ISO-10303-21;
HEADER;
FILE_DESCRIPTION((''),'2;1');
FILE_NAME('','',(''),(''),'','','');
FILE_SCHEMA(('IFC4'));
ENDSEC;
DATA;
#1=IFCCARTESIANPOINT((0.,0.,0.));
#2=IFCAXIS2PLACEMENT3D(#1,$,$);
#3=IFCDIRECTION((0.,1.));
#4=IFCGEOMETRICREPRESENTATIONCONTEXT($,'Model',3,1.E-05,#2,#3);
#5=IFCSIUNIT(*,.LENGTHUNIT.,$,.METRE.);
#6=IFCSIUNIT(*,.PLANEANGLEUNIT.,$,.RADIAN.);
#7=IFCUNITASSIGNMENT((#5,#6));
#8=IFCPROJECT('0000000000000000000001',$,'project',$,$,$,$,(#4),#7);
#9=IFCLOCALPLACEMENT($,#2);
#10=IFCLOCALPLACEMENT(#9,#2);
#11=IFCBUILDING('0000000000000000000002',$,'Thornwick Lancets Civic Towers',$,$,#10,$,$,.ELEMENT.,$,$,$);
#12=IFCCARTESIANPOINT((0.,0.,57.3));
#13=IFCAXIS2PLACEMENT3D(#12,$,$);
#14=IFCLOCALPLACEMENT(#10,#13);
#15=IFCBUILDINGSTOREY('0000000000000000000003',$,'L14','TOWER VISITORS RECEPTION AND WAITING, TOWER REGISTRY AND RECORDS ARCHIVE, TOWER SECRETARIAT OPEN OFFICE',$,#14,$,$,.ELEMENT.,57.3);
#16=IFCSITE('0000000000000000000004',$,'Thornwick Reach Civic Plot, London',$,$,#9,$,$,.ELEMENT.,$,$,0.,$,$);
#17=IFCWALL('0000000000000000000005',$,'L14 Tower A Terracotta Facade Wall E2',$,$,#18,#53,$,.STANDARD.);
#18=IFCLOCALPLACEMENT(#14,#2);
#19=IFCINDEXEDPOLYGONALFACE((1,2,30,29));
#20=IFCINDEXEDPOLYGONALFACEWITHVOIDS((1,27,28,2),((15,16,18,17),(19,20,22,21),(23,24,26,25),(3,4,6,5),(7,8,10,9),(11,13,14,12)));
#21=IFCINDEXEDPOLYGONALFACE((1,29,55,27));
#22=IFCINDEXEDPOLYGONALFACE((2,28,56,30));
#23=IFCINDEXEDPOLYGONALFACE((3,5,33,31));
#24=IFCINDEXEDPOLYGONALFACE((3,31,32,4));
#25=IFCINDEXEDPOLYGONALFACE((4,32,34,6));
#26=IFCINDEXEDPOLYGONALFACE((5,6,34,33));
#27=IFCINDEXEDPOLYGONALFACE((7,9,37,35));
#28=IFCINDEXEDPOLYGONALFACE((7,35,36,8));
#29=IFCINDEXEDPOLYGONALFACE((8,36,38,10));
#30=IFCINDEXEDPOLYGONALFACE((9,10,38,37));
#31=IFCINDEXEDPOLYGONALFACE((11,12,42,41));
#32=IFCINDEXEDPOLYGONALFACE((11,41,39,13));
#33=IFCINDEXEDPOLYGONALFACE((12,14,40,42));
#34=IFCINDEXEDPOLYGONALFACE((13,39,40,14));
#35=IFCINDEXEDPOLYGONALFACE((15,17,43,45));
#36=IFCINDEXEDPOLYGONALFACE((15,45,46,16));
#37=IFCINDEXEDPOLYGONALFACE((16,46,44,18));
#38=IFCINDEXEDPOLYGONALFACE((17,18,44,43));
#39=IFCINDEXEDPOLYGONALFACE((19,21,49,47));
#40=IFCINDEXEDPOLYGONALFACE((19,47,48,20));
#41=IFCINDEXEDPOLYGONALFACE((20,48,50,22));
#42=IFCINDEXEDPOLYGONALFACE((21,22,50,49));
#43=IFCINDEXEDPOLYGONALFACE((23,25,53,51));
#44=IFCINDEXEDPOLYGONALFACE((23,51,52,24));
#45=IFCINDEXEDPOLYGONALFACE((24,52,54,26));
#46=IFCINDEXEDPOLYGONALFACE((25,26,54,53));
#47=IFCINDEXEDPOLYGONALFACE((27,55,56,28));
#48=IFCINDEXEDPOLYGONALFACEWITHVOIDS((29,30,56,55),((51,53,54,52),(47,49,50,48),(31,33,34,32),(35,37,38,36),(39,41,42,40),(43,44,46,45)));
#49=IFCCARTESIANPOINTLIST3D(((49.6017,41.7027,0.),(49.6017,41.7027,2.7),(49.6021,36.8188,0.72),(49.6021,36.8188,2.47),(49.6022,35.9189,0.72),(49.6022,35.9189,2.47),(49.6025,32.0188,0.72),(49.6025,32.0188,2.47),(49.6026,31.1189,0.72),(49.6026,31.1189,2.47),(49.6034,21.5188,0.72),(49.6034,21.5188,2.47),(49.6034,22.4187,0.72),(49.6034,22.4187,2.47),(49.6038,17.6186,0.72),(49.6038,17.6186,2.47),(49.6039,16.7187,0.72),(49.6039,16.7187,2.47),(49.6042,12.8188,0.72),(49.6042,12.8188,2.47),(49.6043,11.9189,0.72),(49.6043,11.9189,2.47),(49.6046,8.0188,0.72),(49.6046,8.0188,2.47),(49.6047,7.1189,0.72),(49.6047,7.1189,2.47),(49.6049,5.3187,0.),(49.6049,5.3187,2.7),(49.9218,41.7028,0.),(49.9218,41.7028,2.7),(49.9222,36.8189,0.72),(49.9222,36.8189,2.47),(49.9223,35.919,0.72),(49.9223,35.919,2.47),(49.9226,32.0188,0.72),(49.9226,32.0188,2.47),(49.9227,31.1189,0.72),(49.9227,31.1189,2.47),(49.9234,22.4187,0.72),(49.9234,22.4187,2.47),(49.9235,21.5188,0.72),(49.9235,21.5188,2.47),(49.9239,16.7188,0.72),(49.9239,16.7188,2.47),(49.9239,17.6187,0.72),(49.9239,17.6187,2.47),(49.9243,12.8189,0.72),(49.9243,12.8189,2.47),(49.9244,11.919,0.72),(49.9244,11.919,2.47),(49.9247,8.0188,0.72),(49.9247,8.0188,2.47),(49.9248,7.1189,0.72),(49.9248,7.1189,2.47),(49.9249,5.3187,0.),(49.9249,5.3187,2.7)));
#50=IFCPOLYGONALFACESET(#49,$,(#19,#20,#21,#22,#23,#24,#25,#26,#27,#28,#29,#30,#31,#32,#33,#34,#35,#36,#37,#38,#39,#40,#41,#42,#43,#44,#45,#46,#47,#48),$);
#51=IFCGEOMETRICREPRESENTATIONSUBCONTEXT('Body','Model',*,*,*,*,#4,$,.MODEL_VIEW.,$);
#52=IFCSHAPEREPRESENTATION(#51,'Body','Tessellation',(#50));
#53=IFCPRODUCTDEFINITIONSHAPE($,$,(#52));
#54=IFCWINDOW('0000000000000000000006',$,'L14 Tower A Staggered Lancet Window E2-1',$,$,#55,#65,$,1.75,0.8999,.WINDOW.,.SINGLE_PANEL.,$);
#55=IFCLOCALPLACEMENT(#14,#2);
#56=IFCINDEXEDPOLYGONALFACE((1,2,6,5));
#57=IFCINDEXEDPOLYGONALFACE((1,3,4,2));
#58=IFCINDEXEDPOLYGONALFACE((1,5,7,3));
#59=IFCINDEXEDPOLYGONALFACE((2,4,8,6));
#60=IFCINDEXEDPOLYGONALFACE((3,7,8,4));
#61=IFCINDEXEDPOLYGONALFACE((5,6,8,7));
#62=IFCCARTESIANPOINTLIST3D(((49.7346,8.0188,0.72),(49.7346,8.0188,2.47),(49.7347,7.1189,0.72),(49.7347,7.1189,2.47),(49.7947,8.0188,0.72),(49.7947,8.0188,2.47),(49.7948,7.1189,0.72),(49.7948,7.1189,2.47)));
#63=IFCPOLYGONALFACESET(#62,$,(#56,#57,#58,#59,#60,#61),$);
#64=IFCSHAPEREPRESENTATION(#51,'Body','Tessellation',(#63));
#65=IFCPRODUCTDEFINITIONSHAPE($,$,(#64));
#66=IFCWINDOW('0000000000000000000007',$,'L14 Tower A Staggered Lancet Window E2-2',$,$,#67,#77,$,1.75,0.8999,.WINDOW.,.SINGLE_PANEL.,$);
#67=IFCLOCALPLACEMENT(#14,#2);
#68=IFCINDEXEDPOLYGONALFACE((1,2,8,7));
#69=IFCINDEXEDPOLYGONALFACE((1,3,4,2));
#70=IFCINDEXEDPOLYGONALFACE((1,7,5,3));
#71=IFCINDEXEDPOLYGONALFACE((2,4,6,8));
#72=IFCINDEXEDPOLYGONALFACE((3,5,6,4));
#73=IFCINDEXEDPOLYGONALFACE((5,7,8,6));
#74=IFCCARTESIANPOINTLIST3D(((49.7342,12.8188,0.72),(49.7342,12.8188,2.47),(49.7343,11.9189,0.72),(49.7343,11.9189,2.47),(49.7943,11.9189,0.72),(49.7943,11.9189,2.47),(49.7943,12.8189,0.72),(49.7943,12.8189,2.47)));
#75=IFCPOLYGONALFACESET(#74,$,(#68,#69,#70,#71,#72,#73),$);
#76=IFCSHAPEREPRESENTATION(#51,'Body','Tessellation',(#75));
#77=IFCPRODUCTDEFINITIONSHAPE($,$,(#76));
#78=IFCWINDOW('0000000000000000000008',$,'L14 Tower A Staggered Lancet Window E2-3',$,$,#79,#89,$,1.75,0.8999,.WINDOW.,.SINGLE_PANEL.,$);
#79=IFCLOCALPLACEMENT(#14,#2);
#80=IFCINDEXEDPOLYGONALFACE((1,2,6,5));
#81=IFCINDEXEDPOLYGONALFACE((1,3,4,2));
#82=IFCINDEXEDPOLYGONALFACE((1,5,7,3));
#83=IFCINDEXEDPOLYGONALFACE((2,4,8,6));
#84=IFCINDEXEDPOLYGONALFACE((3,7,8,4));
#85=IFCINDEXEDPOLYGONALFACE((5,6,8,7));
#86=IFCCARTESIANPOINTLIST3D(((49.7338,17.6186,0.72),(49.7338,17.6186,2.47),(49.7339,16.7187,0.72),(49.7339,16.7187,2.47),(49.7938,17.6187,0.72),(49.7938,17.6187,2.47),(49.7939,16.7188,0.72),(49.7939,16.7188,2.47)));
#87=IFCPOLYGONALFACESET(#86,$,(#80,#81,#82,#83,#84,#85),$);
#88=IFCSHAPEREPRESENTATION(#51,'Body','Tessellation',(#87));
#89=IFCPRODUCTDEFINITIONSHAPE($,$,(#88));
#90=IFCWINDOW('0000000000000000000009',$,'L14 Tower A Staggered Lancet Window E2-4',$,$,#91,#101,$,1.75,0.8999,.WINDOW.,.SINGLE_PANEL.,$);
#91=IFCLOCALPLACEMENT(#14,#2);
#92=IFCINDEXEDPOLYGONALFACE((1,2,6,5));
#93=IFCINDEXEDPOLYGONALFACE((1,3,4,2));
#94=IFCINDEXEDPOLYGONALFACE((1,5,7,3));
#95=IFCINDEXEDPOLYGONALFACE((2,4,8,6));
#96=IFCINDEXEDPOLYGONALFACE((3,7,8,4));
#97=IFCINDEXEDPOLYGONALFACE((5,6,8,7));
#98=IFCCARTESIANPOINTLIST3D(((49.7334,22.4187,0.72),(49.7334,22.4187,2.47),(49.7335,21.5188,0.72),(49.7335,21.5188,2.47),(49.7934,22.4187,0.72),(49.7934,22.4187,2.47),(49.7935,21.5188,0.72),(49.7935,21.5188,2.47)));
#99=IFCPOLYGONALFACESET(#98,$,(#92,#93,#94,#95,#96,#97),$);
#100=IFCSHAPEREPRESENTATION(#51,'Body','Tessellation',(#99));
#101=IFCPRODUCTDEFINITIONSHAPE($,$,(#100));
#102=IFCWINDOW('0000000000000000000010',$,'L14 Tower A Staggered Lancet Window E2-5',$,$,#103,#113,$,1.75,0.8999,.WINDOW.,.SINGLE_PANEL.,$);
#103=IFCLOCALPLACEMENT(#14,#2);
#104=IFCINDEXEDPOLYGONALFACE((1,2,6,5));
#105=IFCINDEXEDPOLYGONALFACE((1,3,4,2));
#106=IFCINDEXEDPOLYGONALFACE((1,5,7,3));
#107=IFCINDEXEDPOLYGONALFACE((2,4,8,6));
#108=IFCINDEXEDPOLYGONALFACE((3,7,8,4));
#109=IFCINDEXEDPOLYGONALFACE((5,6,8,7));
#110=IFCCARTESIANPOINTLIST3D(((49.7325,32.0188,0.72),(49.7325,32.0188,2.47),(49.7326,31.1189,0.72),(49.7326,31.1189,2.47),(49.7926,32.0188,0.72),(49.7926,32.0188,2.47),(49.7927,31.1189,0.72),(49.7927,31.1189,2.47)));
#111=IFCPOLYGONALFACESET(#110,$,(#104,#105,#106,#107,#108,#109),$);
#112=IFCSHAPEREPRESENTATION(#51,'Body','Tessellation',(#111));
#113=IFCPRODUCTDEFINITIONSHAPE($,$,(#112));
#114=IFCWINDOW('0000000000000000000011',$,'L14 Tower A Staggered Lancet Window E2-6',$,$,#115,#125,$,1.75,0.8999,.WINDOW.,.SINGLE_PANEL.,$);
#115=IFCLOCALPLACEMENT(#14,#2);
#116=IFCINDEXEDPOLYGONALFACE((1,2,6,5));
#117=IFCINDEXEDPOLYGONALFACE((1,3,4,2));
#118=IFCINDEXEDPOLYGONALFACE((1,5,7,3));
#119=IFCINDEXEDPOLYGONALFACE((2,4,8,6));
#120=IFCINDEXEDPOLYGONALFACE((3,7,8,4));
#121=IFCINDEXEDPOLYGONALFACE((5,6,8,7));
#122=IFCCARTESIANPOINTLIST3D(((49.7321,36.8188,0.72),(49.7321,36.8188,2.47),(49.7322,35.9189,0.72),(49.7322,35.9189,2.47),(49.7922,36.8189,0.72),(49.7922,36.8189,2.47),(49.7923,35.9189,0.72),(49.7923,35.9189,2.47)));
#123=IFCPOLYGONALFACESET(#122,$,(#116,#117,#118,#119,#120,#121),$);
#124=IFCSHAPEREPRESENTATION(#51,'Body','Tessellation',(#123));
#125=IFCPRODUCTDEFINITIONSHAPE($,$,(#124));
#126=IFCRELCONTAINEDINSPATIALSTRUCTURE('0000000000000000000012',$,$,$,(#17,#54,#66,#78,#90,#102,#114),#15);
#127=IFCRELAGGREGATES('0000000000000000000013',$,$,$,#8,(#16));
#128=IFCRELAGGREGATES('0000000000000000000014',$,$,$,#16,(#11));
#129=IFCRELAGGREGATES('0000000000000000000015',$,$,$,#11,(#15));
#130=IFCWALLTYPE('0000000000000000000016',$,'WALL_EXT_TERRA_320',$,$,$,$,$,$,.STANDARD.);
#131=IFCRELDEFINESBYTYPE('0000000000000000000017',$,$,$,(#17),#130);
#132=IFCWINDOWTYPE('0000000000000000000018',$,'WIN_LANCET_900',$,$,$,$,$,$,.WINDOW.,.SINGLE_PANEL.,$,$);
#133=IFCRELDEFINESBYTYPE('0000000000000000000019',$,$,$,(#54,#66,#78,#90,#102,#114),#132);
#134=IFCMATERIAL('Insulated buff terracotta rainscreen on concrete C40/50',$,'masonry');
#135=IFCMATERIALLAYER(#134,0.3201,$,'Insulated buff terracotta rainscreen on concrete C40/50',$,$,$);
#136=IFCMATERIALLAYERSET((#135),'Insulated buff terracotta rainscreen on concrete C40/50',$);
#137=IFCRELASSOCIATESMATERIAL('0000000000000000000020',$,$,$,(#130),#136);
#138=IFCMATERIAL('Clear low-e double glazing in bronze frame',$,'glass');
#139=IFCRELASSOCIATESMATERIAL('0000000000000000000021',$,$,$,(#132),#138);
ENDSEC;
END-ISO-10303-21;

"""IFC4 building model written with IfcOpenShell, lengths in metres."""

from ifc_helpers import new_model, si_unit, direction, frame, frame_2d, origin, place, context, subcontext, project, spatial, rectangle, extrude, material, layer, layer_set, type_object, element, fill, save


model = new_model("IFC4")

# Units and contexts
model_context = context("Model", 3, precision=1e-05, world=origin(), true_north=direction((0.0, 1.0)))
body_context = subcontext(model_context, "Body", "Model", "MODEL_VIEW")
ifc_project = project(units=[si_unit("LENGTHUNIT", "METRE"), si_unit("PLANEANGLEUNIT", "RADIAN")], contexts=[model_context])

# Site, building, storey
site_placement = place(None, origin())
site = spatial("IfcSite", under=ifc_project, at=site_placement, Name="Thornwick Reach Civic Plot, London", CompositionType="ELEMENT", RefElevation=0.0)
building_placement = place(site_placement, origin())
building = spatial("IfcBuilding", under=site, at=building_placement, Name="Thornwick Lancets Civic Towers", CompositionType="ELEMENT")
storey_placement = place(building_placement, frame((0.0, 0.0, 57.3)))
storey = spatial("IfcBuildingStorey", under=building, at=storey_placement, Name="L14", Description="TOWER VISITORS RECEPTION AND WAITING, TOWER REGISTRY AND RECORDS ARCHIVE, TOWER SECRETARIAT OPEN OFFICE", CompositionType="ELEMENT", Elevation=57.3)

# Wall, openings, windows
ifc_material_1 = material(Name="Insulated buff terracotta rainscreen on concrete C40/50", Category="masonry")
ifc_layer_1 = layer(ifc_material_1, 0.3201, Name="Insulated buff terracotta rainscreen on concrete C40/50")
ifc_layer_set_1 = layer_set([ifc_layer_1], Name="Insulated buff terracotta rainscreen on concrete C40/50")
wall_type_1 = type_object("IfcWallType", Name="WALL_EXT_TERRA_320", PredefinedType="STANDARD", material=ifc_layer_set_1)
wall_1_placement = place(storey_placement, frame((49.7649, 5.3188, 0.0), z_axis=(0.0, 0.0, 1.0), x_axis=(-0.000087, 1.0, 0.0)))
wall_1 = element("IfcWall", 1, at=wall_1_placement, inside=storey, type_object=wall_type_1, Name="L14 Tower A Terracotta Facade Wall E2", PredefinedType="STANDARD", context=body_context, shape_type="SweptSolid", body=[
    extrude(rectangle(XDim=36.384, YDim=0.3201, at=frame_2d((18.1919, 0.0))), origin(), (0.0, 0.0, 1.0), 2.7),
])
opening_1_placement = place(wall_1_placement, frame((1.8, 0.0, 0.72)))
opening_1 = element("IfcOpeningElement", 2, at=opening_1_placement, cuts=wall_1, PredefinedType="OPENING", context=body_context, shape_type="SweptSolid", body=[
    extrude(rectangle(XDim=0.8999, YDim=1.75, at=frame_2d((0.45, 0.875))), frame((0.0, 0.1699, 0.0), z_axis=(0.0, -1.0, 0.0), x_axis=(1.0, 0.0, 0.0)), (0.0, 0.0, 1.0), 0.3401),
])
opening_2_placement = place(wall_1_placement, frame((6.6001, 0.0, 0.72)))
opening_2 = element("IfcOpeningElement", 3, at=opening_2_placement, cuts=wall_1, PredefinedType="OPENING", context=body_context, shape_type="SweptSolid", body=[
    extrude(rectangle(XDim=0.8999, YDim=1.75, at=frame_2d((0.45, 0.875))), frame((0.0, 0.1699, 0.0), z_axis=(0.0, -1.0, 0.0), x_axis=(1.0, 0.0, 0.0)), (0.0, 0.0, 1.0), 0.3401),
])
opening_3_placement = place(wall_1_placement, frame((11.3999, 0.0, 0.72)))
opening_3 = element("IfcOpeningElement", 4, at=opening_3_placement, cuts=wall_1, PredefinedType="OPENING", context=body_context, shape_type="SweptSolid", body=[
    extrude(rectangle(XDim=0.8999, YDim=1.75, at=frame_2d((0.45, 0.875))), frame((0.0, 0.1699, 0.0), z_axis=(0.0, -1.0, 0.0), x_axis=(1.0, 0.0, 0.0)), (0.0, 0.0, 1.0), 0.3401),
])
opening_4_placement = place(wall_1_placement, frame((16.2, 0.0, 0.72)))
opening_4 = element("IfcOpeningElement", 5, at=opening_4_placement, cuts=wall_1, PredefinedType="OPENING", context=body_context, shape_type="SweptSolid", body=[
    extrude(rectangle(XDim=0.8999, YDim=1.75, at=frame_2d((0.45, 0.875))), frame((0.0, 0.1699, 0.0), z_axis=(0.0, -1.0, 0.0), x_axis=(1.0, 0.0, 0.0)), (0.0, 0.0, 1.0), 0.3401),
])
opening_5_placement = place(wall_1_placement, frame((25.8, 0.0, 0.72)))
opening_5 = element("IfcOpeningElement", 6, at=opening_5_placement, cuts=wall_1, PredefinedType="OPENING", context=body_context, shape_type="SweptSolid", body=[
    extrude(rectangle(XDim=0.8999, YDim=1.75, at=frame_2d((0.45, 0.875))), frame((0.0, 0.1699, 0.0), z_axis=(0.0, -1.0, 0.0), x_axis=(1.0, 0.0, 0.0)), (0.0, 0.0, 1.0), 0.3401),
])
opening_6_placement = place(wall_1_placement, frame((30.6001, 0.0, 0.72)))
opening_6 = element("IfcOpeningElement", 7, at=opening_6_placement, cuts=wall_1, PredefinedType="OPENING", context=body_context, shape_type="SweptSolid", body=[
    extrude(rectangle(XDim=0.8999, YDim=1.75, at=frame_2d((0.45, 0.875))), frame((0.0, 0.1699, 0.0), z_axis=(0.0, -1.0, 0.0), x_axis=(1.0, 0.0, 0.0)), (0.0, 0.0, 1.0), 0.3401),
])
ifc_material_2 = material(Name="Clear low-e double glazing in bronze frame", Category="glass")
window_type = type_object("IfcWindowType", Name="WIN_LANCET_900", PartitioningType="SINGLE_PANEL", PredefinedType="WINDOW", material=ifc_material_2)
window_1_placement = place(opening_1_placement, origin())
window_1 = element("IfcWindow", 8, at=window_1_placement, inside=storey, type_object=window_type, Name="L14 Tower A Staggered Lancet Window E2-1", OverallHeight=1.75, OverallWidth=0.8999, PartitioningType="SINGLE_PANEL", PredefinedType="WINDOW", context=body_context, shape_type="SweptSolid", body=[
    extrude(rectangle(XDim=0.8999, YDim=1.75, at=frame_2d((0.45, 0.875))), frame((0.0, 0.03, 0.0), z_axis=(0.0, -1.0, 0.0), x_axis=(1.0, 0.0, 0.0)), (0.0, 0.0, 1.0), 0.0601),
])
fill(opening_1, window_1)
window_2_placement = place(opening_2_placement, origin())
window_2 = element("IfcWindow", 9, at=window_2_placement, inside=storey, type_object=window_type, Name="L14 Tower A Staggered Lancet Window E2-2", OverallHeight=1.75, OverallWidth=0.8999, PartitioningType="SINGLE_PANEL", PredefinedType="WINDOW", context=body_context, shape_type="SweptSolid", body=[
    extrude(rectangle(XDim=0.8999, YDim=1.75, at=frame_2d((0.45, 0.875))), frame((0.0, 0.03, 0.0), z_axis=(0.0, -1.0, 0.0), x_axis=(1.0, 0.0, 0.0)), (0.0, 0.0, 1.0), 0.0601),
])
fill(opening_2, window_2)
window_3_placement = place(opening_3_placement, origin())
window_3 = element("IfcWindow", 10, at=window_3_placement, inside=storey, type_object=window_type, Name="L14 Tower A Staggered Lancet Window E2-3", OverallHeight=1.75, OverallWidth=0.8999, PartitioningType="SINGLE_PANEL", PredefinedType="WINDOW", context=body_context, shape_type="SweptSolid", body=[
    extrude(rectangle(XDim=0.8999, YDim=1.75, at=frame_2d((0.45, 0.875))), frame((0.0, 0.03, 0.0), z_axis=(0.0, -1.0, 0.0), x_axis=(1.0, 0.0, 0.0)), (0.0, 0.0, 1.0), 0.0601),
])
fill(opening_3, window_3)
window_4_placement = place(opening_4_placement, origin())
window_4 = element("IfcWindow", 11, at=window_4_placement, inside=storey, type_object=window_type, Name="L14 Tower A Staggered Lancet Window E2-4", OverallHeight=1.75, OverallWidth=0.8999, PartitioningType="SINGLE_PANEL", PredefinedType="WINDOW", context=body_context, shape_type="SweptSolid", body=[
    extrude(rectangle(XDim=0.8999, YDim=1.75, at=frame_2d((0.45, 0.875))), frame((0.0, 0.03, 0.0), z_axis=(0.0, -1.0, 0.0), x_axis=(1.0, 0.0, 0.0)), (0.0, 0.0, 1.0), 0.0601),
])
fill(opening_4, window_4)
window_5_placement = place(opening_5_placement, origin())
window_5 = element("IfcWindow", 12, at=window_5_placement, inside=storey, type_object=window_type, Name="L14 Tower A Staggered Lancet Window E2-5", OverallHeight=1.75, OverallWidth=0.8999, PartitioningType="SINGLE_PANEL", PredefinedType="WINDOW", context=body_context, shape_type="SweptSolid", body=[
    extrude(rectangle(XDim=0.8999, YDim=1.75, at=frame_2d((0.45, 0.875))), frame((0.0, 0.03, 0.0), z_axis=(0.0, -1.0, 0.0), x_axis=(1.0, 0.0, 0.0)), (0.0, 0.0, 1.0), 0.0601),
])
fill(opening_5, window_5)
window_6_placement = place(opening_6_placement, origin())
window_6 = element("IfcWindow", 13, at=window_6_placement, inside=storey, type_object=window_type, Name="L14 Tower A Staggered Lancet Window E2-6", OverallHeight=1.75, OverallWidth=0.8999, PartitioningType="SINGLE_PANEL", PredefinedType="WINDOW", context=body_context, shape_type="SweptSolid", body=[
    extrude(rectangle(XDim=0.8999, YDim=1.75, at=frame_2d((0.45, 0.875))), frame((0.0, 0.03, 0.0), z_axis=(0.0, -1.0, 0.0), x_axis=(1.0, 0.0, 0.0)), (0.0, 0.0, 1.0), 0.0601),
])
fill(opening_6, window_6)

save(model, "model.ifc")
